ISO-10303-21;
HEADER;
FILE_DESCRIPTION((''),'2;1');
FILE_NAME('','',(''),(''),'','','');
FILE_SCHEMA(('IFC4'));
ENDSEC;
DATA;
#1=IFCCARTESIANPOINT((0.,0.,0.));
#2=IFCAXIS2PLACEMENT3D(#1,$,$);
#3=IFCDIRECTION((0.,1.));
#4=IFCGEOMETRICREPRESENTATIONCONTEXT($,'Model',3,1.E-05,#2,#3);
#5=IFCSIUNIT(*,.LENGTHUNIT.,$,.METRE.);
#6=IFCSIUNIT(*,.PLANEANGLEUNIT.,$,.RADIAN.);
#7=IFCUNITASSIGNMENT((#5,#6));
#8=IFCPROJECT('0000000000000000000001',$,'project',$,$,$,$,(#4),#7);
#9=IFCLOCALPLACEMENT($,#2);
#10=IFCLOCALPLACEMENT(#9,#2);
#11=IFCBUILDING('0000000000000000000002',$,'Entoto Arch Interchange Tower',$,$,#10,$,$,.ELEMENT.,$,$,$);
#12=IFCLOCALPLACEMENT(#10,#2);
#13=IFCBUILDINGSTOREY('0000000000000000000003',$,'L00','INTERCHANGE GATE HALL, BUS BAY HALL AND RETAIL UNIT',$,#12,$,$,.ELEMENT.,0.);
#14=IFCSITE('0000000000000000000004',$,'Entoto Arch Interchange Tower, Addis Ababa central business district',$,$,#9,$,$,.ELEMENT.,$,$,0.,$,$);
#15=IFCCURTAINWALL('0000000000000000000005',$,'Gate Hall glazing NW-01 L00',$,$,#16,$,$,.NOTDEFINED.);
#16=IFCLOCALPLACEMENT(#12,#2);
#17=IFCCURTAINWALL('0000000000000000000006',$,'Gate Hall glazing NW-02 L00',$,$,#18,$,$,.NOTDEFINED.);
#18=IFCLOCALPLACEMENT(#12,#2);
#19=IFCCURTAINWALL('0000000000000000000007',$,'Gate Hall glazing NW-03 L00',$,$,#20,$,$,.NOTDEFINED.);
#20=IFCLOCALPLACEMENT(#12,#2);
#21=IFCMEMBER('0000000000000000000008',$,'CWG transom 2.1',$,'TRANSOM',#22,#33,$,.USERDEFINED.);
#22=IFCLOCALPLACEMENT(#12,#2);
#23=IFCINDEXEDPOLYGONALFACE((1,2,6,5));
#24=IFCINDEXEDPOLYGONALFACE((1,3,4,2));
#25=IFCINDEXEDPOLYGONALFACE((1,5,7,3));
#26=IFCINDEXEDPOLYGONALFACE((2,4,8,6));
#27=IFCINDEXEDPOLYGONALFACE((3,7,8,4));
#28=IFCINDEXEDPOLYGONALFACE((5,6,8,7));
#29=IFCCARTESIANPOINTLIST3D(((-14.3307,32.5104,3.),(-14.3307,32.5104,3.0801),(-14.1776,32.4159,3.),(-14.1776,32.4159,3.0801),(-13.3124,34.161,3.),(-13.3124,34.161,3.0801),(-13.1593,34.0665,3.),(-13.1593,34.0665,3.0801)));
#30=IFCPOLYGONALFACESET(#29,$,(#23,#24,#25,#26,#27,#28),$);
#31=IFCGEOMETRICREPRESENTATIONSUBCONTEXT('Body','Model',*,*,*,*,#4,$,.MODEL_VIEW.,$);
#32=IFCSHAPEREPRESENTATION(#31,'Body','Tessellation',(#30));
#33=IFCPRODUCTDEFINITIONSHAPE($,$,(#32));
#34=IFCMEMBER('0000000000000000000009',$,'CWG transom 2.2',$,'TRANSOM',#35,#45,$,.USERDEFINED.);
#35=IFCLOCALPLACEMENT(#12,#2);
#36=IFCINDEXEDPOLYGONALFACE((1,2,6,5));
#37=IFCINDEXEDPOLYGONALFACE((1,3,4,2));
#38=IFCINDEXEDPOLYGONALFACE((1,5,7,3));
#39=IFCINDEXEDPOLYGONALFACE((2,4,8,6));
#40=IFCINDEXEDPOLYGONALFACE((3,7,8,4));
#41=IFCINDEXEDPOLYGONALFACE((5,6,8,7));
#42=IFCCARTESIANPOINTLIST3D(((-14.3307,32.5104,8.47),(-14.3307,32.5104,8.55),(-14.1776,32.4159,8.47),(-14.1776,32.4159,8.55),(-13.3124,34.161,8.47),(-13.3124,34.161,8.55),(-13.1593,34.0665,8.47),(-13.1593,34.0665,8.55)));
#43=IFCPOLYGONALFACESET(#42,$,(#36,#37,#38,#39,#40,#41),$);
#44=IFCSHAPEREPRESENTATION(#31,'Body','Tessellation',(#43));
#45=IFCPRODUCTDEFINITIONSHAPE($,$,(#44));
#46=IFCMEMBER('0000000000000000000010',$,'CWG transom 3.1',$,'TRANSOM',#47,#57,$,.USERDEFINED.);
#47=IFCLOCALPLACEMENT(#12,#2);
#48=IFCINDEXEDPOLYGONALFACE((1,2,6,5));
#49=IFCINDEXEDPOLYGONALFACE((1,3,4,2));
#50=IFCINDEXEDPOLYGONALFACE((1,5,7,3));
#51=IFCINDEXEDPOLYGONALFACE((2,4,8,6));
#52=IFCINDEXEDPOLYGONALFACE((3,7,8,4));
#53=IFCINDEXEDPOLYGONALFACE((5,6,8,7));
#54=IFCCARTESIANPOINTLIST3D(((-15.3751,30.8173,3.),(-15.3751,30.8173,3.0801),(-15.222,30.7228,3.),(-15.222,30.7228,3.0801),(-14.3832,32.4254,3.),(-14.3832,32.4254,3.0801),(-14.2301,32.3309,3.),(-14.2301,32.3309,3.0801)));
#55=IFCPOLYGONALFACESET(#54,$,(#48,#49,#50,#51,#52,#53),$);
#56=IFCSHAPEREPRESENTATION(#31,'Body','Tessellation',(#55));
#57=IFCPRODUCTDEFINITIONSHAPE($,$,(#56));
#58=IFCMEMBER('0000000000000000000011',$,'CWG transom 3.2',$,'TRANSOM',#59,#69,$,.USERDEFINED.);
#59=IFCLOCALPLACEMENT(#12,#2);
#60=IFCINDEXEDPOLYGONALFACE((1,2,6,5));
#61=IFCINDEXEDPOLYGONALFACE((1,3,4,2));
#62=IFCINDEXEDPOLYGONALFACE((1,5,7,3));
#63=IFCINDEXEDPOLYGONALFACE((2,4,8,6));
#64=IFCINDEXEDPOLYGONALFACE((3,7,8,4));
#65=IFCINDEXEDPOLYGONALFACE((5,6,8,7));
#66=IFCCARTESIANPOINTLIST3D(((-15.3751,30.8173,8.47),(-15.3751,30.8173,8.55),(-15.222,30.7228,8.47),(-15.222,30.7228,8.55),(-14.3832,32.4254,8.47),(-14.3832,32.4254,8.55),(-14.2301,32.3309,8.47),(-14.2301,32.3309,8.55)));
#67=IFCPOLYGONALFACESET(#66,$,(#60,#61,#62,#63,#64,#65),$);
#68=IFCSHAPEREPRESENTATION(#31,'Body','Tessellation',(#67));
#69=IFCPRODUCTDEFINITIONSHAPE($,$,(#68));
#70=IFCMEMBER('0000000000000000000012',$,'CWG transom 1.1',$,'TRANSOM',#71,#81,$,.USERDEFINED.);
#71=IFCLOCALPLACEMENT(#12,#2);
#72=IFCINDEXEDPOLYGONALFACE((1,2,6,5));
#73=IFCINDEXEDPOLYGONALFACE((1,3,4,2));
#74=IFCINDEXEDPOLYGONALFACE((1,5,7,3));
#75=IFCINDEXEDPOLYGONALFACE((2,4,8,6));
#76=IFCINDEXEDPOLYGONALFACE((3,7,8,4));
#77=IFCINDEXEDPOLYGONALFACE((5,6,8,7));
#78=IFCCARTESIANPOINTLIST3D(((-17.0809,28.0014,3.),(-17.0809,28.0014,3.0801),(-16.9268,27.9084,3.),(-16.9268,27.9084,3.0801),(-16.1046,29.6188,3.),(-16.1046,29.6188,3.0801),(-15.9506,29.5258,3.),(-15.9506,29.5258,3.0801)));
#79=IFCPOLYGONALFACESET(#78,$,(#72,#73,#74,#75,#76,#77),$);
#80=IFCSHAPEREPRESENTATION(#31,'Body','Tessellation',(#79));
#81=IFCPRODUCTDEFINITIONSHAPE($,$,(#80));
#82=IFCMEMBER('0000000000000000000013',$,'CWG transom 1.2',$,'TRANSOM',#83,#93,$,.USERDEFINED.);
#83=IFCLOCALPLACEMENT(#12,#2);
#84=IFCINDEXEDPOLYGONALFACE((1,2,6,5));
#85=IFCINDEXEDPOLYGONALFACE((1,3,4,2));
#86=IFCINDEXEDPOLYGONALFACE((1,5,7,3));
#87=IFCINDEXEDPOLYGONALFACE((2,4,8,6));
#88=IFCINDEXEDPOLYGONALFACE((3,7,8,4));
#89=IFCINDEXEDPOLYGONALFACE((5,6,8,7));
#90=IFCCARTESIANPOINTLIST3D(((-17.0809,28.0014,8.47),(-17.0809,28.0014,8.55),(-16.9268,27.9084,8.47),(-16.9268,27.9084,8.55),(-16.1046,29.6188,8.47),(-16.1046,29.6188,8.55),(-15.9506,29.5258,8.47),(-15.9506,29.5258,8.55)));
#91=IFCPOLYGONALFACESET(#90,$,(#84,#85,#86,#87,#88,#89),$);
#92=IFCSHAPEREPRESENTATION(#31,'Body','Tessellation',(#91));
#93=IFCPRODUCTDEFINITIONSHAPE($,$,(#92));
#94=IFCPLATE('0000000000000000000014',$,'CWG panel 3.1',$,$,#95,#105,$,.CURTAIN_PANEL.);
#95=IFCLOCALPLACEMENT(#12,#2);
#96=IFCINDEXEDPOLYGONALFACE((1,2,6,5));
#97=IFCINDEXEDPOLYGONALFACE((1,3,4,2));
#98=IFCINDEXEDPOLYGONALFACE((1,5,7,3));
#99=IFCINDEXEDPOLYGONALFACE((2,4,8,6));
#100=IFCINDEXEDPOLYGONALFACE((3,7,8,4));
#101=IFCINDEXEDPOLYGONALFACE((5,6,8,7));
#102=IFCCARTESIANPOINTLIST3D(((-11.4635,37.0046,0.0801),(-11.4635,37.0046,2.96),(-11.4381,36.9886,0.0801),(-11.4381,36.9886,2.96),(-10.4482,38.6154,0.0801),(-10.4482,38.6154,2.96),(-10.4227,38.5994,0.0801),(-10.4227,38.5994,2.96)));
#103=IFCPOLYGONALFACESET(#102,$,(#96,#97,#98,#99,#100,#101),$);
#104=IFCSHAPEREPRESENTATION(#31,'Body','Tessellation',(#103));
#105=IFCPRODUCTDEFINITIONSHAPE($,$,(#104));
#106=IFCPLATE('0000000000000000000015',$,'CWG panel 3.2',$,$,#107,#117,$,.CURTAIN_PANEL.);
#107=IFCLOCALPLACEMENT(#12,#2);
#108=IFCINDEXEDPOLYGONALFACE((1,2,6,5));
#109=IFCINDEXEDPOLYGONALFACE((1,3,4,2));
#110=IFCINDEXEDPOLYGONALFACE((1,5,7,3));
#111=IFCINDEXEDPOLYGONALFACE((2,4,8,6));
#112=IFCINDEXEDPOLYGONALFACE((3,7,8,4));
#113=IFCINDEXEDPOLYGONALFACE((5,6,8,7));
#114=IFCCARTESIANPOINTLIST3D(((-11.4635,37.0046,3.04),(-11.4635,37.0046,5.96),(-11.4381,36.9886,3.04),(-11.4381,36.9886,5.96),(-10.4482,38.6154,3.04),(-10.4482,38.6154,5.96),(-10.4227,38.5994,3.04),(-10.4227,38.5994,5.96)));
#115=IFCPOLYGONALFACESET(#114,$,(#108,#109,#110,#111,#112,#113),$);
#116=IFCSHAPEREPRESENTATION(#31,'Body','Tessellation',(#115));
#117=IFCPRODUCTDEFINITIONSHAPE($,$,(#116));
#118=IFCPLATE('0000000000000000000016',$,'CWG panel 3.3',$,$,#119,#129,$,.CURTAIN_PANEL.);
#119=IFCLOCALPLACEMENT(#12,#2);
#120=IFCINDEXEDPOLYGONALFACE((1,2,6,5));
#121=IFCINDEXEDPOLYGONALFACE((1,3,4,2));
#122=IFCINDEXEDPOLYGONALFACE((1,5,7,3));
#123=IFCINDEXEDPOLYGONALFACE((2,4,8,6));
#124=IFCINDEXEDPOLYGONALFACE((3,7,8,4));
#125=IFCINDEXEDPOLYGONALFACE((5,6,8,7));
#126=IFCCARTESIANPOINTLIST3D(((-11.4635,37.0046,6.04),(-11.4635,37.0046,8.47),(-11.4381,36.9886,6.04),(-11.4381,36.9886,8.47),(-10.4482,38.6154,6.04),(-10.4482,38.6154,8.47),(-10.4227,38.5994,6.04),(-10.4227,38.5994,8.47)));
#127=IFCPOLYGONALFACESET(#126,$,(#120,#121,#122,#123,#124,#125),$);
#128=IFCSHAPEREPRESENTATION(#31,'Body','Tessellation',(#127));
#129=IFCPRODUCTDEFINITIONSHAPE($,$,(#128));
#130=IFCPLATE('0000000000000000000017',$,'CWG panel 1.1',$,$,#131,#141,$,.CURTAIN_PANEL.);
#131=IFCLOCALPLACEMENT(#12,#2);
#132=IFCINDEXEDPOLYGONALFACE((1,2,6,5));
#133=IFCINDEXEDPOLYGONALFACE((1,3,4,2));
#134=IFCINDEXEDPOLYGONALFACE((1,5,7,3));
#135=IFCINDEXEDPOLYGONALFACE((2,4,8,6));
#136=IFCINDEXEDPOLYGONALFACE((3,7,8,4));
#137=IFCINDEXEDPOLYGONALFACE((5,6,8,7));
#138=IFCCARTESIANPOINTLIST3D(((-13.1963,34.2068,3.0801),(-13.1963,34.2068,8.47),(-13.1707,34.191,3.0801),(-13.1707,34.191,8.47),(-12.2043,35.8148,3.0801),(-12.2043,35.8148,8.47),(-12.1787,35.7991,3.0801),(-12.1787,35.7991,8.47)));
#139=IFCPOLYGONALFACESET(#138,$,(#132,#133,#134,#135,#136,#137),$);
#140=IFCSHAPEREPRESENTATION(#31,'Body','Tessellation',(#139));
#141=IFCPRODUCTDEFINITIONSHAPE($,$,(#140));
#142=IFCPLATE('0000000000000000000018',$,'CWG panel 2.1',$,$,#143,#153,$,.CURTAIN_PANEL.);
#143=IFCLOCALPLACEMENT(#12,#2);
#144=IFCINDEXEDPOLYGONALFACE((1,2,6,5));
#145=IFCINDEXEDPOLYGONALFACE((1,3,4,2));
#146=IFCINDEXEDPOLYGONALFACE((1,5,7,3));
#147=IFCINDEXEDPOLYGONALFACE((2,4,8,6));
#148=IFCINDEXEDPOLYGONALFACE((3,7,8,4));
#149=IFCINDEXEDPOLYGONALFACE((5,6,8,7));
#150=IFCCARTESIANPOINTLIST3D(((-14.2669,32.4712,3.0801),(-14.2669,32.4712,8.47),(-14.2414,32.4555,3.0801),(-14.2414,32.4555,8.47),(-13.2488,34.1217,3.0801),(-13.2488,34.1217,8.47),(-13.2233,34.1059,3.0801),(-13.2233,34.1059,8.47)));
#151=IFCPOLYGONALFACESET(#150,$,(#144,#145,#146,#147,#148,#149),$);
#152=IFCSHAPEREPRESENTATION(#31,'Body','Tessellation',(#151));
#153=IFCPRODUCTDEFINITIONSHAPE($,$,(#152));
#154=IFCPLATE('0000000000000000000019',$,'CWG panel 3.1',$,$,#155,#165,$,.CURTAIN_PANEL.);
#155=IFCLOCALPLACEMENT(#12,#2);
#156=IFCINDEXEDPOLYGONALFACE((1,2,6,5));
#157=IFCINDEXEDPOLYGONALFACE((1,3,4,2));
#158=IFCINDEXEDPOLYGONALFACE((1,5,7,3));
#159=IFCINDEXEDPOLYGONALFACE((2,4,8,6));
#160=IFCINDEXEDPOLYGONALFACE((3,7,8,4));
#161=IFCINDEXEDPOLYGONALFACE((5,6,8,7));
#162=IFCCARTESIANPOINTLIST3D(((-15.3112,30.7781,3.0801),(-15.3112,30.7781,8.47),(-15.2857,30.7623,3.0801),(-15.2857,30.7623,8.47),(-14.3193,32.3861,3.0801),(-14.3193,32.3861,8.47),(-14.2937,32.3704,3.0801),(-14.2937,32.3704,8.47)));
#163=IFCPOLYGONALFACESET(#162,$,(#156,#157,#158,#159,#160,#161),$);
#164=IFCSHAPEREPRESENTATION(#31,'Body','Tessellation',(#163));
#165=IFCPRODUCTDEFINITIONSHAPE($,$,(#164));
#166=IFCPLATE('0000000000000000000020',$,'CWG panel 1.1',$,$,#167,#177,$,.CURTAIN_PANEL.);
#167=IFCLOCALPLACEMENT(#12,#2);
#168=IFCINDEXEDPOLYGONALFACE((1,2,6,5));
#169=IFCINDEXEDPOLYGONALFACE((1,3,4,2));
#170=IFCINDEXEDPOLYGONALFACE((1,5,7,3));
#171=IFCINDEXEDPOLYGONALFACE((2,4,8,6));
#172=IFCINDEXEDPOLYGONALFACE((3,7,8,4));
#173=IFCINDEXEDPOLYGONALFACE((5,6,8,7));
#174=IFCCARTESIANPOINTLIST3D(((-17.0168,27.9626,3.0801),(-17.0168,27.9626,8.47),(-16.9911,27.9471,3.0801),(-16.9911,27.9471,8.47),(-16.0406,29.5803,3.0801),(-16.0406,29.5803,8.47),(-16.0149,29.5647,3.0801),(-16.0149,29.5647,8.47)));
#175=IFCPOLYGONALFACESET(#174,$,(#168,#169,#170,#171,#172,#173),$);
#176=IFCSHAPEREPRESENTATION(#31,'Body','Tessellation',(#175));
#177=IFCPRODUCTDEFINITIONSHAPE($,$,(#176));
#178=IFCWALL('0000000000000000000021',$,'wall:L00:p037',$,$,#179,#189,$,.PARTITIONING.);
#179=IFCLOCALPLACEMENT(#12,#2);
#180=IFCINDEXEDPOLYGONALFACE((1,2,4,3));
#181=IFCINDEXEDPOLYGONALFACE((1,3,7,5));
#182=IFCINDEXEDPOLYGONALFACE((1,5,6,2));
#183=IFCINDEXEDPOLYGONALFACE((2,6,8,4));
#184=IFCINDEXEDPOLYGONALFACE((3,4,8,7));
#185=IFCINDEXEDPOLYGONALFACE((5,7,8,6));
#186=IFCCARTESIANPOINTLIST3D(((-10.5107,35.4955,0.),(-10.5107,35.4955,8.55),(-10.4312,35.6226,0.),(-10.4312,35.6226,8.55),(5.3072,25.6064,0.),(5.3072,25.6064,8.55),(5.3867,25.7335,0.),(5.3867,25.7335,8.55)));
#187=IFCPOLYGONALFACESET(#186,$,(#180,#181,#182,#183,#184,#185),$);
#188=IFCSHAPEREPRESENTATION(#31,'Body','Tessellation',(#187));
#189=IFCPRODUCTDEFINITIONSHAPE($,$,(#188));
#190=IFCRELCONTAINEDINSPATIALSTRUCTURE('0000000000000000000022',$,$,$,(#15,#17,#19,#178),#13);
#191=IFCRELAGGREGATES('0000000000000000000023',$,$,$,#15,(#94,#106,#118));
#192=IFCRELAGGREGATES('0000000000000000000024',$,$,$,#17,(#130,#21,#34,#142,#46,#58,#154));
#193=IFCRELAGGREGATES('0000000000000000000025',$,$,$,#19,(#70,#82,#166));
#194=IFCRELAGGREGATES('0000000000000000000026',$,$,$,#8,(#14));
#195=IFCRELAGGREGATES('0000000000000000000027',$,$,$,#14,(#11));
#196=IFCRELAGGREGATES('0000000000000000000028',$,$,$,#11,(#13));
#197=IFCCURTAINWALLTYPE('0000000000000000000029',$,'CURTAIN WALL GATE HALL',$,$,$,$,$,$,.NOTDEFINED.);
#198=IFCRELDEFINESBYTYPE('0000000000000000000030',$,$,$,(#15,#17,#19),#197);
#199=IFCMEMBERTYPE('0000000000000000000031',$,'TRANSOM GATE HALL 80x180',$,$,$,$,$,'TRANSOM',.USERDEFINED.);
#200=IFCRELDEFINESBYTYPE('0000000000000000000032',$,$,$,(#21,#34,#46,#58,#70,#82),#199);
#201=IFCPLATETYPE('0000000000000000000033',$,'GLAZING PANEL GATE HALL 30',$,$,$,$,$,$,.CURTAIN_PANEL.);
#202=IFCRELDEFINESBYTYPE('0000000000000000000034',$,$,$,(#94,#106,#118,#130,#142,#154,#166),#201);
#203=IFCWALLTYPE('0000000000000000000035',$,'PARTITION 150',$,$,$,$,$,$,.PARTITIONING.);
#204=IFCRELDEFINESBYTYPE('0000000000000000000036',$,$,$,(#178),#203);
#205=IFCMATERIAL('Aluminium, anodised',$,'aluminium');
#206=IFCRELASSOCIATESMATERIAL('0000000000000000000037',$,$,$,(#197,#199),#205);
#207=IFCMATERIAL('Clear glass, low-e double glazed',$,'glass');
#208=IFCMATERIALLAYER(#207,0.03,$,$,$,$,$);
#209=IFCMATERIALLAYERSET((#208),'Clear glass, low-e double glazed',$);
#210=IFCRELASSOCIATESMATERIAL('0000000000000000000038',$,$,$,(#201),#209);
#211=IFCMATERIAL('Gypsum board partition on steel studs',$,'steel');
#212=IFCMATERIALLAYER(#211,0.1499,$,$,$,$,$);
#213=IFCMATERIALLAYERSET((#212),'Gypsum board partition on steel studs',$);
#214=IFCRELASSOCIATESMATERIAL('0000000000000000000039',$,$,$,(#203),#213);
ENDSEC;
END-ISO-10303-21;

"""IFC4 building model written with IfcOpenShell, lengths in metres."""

from ifc_helpers import new_model, si_unit, direction, frame, frame_2d, origin, origin_2d, place, context, subcontext, project, spatial, rectangle, extrude, material, layer, layer_set, material_profile, profile_set, type_object, element, aggregate, save


model = new_model("IFC4")

# Units and contexts
model_context = context("Model", 3, precision=1e-05, world=origin(), true_north=direction((0.0, 1.0)))
body_context = subcontext(model_context, "Body", "Model", "MODEL_VIEW")
ifc_project = project(units=[si_unit("LENGTHUNIT", "METRE"), si_unit("PLANEANGLEUNIT", "RADIAN")], contexts=[model_context])

# Site, building, storey
site_placement = place(None, origin())
site = spatial("IfcSite", under=ifc_project, at=site_placement, Name="Entoto Arch Interchange Tower, Addis Ababa central business district", CompositionType="ELEMENT", RefElevation=0.0)
building_placement = place(site_placement, origin())
building = spatial("IfcBuilding", under=site, at=building_placement, Name="Entoto Arch Interchange Tower", CompositionType="ELEMENT")
storey_placement = place(building_placement, origin())
storey = spatial("IfcBuildingStorey", under=building, at=storey_placement, Name="L00", Description="INTERCHANGE GATE HALL, BUS BAY HALL AND RETAIL UNIT", CompositionType="ELEMENT", Elevation=0.0)

# Curtain wall
ifc_material_1 = material(Name="Aluminium, anodised", Category="aluminium")
curtain_wall_type = type_object("IfcCurtainWallType", Name="CURTAIN WALL GATE HALL", PredefinedType="NOTDEFINED", material=ifc_material_1)
curtain_wall_1_placement = place(storey_placement, origin())
curtain_wall_1 = element("IfcCurtainWall", 1, at=curtain_wall_1_placement, inside=storey, type_object=curtain_wall_type, Name="Gate Hall glazing NW-01 L00", PredefinedType="NOTDEFINED")

# Curtain walls
curtain_wall_2_placement = place(storey_placement, origin())
curtain_wall_2 = element("IfcCurtainWall", 2, at=curtain_wall_2_placement, inside=storey, type_object=curtain_wall_type, Name="Gate Hall glazing NW-02 L00", PredefinedType="NOTDEFINED")
curtain_wall_3_placement = place(storey_placement, origin())
curtain_wall_3 = element("IfcCurtainWall", 3, at=curtain_wall_3_placement, inside=storey, type_object=curtain_wall_type, Name="Gate Hall glazing NW-03 L00", PredefinedType="NOTDEFINED")

# Members
ifc_material_profile_1 = material_profile(ifc_material_1, rectangle(XDim=0.1799, YDim=0.0801, at=origin_2d()))
ifc_profile_set_1 = profile_set([ifc_material_profile_1], Name="Aluminium, anodised")
member_type_1 = type_object("IfcMemberType", Name="TRANSOM GATE HALL 80x180", ElementType="TRANSOM", PredefinedType="USERDEFINED", material=ifc_profile_set_1)
member_1_placement = place(storey_placement, frame((-13.2358, 34.1138, 3.04), z_axis=(-0.525045, -0.851074, 0.0), x_axis=(0.851074, -0.525045, 0.0)))
member_1 = element("IfcMember", 4, at=member_1_placement, type_object=member_type_1, Name="CWG transom 2.1", ObjectType="TRANSOM", PredefinedType="USERDEFINED", context=body_context, shape_type="SweptSolid", body=[
    extrude(rectangle(XDim=0.1799, YDim=0.0801, at=origin_2d()), origin(), (0.0, 0.0, 1.0), 1.9395),
])
member_2_placement = place(storey_placement, frame((-13.2358, 34.1138, 8.51), z_axis=(-0.525045, -0.851074, 0.0), x_axis=(0.851074, -0.525045, 0.0)))
member_2 = element("IfcMember", 5, at=member_2_placement, type_object=member_type_1, Name="CWG transom 2.2", ObjectType="TRANSOM", PredefinedType="USERDEFINED", context=body_context, shape_type="SweptSolid", body=[
    extrude(rectangle(XDim=0.1799, YDim=0.0801, at=origin_2d()), origin(), (0.0, 0.0, 1.0), 1.9395),
])
member_3_placement = place(storey_placement, frame((-14.3066, 32.3782, 3.04), z_axis=(-0.524984, -0.851112, 0.0), x_axis=(0.851112, -0.524984, 0.0)))
member_3 = element("IfcMember", 6, at=member_3_placement, type_object=member_type_1, Name="CWG transom 3.1", ObjectType="TRANSOM", PredefinedType="USERDEFINED", context=body_context, shape_type="SweptSolid", body=[
    extrude(rectangle(XDim=0.1799, YDim=0.0801, at=origin_2d()), origin(), (0.0, 0.0, 1.0), 1.8894),
])
member_4_placement = place(storey_placement, frame((-14.3066, 32.3782, 8.51), z_axis=(-0.524984, -0.851112, 0.0), x_axis=(0.851112, -0.524984, 0.0)))
member_4 = element("IfcMember", 7, at=member_4_placement, type_object=member_type_1, Name="CWG transom 3.2", ObjectType="TRANSOM", PredefinedType="USERDEFINED", context=body_context, shape_type="SweptSolid", body=[
    extrude(rectangle(XDim=0.1799, YDim=0.0801, at=origin_2d()), origin(), (0.0, 0.0, 1.0), 1.8894),
])
member_5_placement = place(storey_placement, frame((-16.0276, 29.5723, 3.04), z_axis=(-0.516774, -0.856122, 0.0), x_axis=(0.856122, -0.516774, 0.0)))
member_5 = element("IfcMember", 8, at=member_5_placement, type_object=member_type_1, Name="CWG transom 1.1", ObjectType="TRANSOM", PredefinedType="USERDEFINED", context=body_context, shape_type="SweptSolid", body=[
    extrude(rectangle(XDim=0.1799, YDim=0.0801, at=origin_2d()), origin(), (0.0, 0.0, 1.0), 1.8892),
])
member_6_placement = place(storey_placement, frame((-16.0276, 29.5723, 8.51), z_axis=(-0.516774, -0.856122, 0.0), x_axis=(0.856122, -0.516774, 0.0)))
member_6 = element("IfcMember", 9, at=member_6_placement, type_object=member_type_1, Name="CWG transom 1.2", ObjectType="TRANSOM", PredefinedType="USERDEFINED", context=body_context, shape_type="SweptSolid", body=[
    extrude(rectangle(XDim=0.1799, YDim=0.0801, at=origin_2d()), origin(), (0.0, 0.0, 1.0), 1.8892),
])

# Plates
ifc_material_2 = material(Name="Clear glass, low-e double glazed", Category="glass")
ifc_layer_1 = layer(ifc_material_2, 0.03)
ifc_layer_set_1 = layer_set([ifc_layer_1], Name="Clear glass, low-e double glazed")
plate_type = type_object("IfcPlateType", Name="GLAZING PANEL GATE HALL 30", PredefinedType="CURTAIN_PANEL", material=ifc_layer_set_1)
plate_1_placement = place(storey_placement, frame((-10.9431, 37.802, 0.0801), z_axis=(0.0, 0.0, 1.0), x_axis=(-0.533248, -0.845959, 0.0)))
plate_1 = element("IfcPlate", 10, at=plate_1_placement, type_object=plate_type, Name="CWG panel 3.1", PredefinedType="CURTAIN_PANEL", context=body_context, shape_type="SweptSolid", body=[
    extrude(rectangle(XDim=1.9041, YDim=0.03, at=origin_2d()), origin(), (0.0, 0.0, 1.0), 2.8799),
])
plate_2_placement = place(storey_placement, frame((-10.9431, 37.802, 3.04), z_axis=(0.0, 0.0, 1.0), x_axis=(-0.533248, -0.845959, 0.0)))
plate_2 = element("IfcPlate", 11, at=plate_2_placement, type_object=plate_type, Name="CWG panel 3.2", PredefinedType="CURTAIN_PANEL", context=body_context, shape_type="SweptSolid", body=[
    extrude(rectangle(XDim=1.9041, YDim=0.03, at=origin_2d()), origin(), (0.0, 0.0, 1.0), 2.9199),
])
plate_3_placement = place(storey_placement, frame((-10.9431, 37.802, 6.04), z_axis=(0.0, 0.0, 1.0), x_axis=(-0.533248, -0.845959, 0.0)))
plate_3 = element("IfcPlate", 12, at=plate_3_placement, type_object=plate_type, Name="CWG panel 3.3", PredefinedType="CURTAIN_PANEL", context=body_context, shape_type="SweptSolid", body=[
    extrude(rectangle(XDim=1.9041, YDim=0.03, at=origin_2d()), origin(), (0.0, 0.0, 1.0), 2.4299),
])
aggregate(curtain_wall_1, [plate_1, plate_2, plate_3])
plate_4_placement = place(storey_placement, frame((-12.6875, 35.0029, 3.0801), z_axis=(0.0, 0.0, 1.0), x_axis=(-0.525009, -0.851097, 0.0)))
plate_4 = element("IfcPlate", 13, at=plate_4_placement, type_object=plate_type, Name="CWG panel 1.1", PredefinedType="CURTAIN_PANEL", context=body_context, shape_type="SweptSolid", body=[
    extrude(rectangle(XDim=1.8894, YDim=0.03, at=origin_2d()), origin(), (0.0, 0.0, 1.0), 5.3899),
])
plate_5_placement = place(storey_placement, frame((-13.7451, 33.2886, 3.0801), z_axis=(0.0, 0.0, 1.0), x_axis=(-0.525009, -0.851097, 0.0)))
plate_5 = element("IfcPlate", 14, at=plate_5_placement, type_object=plate_type, Name="CWG panel 2.1", PredefinedType="CURTAIN_PANEL", context=body_context, shape_type="SweptSolid", body=[
    extrude(rectangle(XDim=1.9392, YDim=0.03, at=origin_2d()), origin(), (0.0, 0.0, 1.0), 5.3899),
])
plate_6_placement = place(storey_placement, frame((-14.8025, 31.5742, 3.0801), z_axis=(0.0, 0.0, 1.0), x_axis=(-0.525009, -0.851097, 0.0)))
plate_6 = element("IfcPlate", 15, at=plate_6_placement, type_object=plate_type, Name="CWG panel 3.1", PredefinedType="CURTAIN_PANEL", context=body_context, shape_type="SweptSolid", body=[
    extrude(rectangle(XDim=1.8894, YDim=0.03, at=origin_2d()), origin(), (0.0, 0.0, 1.0), 5.3899),
])
aggregate(curtain_wall_2, [plate_4, member_1, member_2, plate_5, member_3, member_4, plate_6])
plate_7_placement = place(storey_placement, frame((-16.5159, 28.7637, 3.0801), z_axis=(0.0, 0.0, 1.0), x_axis=(-0.516681, -0.856178, 0.0)))
plate_7 = element("IfcPlate", 16, at=plate_7_placement, type_object=plate_type, Name="CWG panel 1.1", PredefinedType="CURTAIN_PANEL", context=body_context, shape_type="SweptSolid", body=[
    extrude(rectangle(XDim=1.8894, YDim=0.03, at=origin_2d()), origin(), (0.0, 0.0, 1.0), 5.3899),
])
aggregate(curtain_wall_3, [member_5, member_6, plate_7])

# Wall
ifc_material_3 = material(Name="Gypsum board partition on steel studs", Category="steel")
ifc_layer_2 = layer(ifc_material_3, 0.1499)
ifc_layer_set_2 = layer_set([ifc_layer_2], Name="Gypsum board partition on steel studs")
wall_type_1 = type_object("IfcWallType", Name="PARTITION 150", PredefinedType="PARTITIONING", material=ifc_layer_set_2)
wall_1_placement = place(storey_placement, frame((-10.4709, 35.5591, 0.0), z_axis=(0.0, 0.0, 1.0), x_axis=(0.847926, -0.530114, 0.0)))
element("IfcWall", 17, at=wall_1_placement, inside=storey, type_object=wall_type_1, Name="wall:L00:p037", PredefinedType="PARTITIONING", context=body_context, shape_type="SweptSolid", body=[
    extrude(rectangle(XDim=18.6548, YDim=0.1499, at=frame_2d((9.3274, 0.0))), origin(), (0.0, 0.0, 1.0), 8.55),
])

save(model, "model.ifc")
